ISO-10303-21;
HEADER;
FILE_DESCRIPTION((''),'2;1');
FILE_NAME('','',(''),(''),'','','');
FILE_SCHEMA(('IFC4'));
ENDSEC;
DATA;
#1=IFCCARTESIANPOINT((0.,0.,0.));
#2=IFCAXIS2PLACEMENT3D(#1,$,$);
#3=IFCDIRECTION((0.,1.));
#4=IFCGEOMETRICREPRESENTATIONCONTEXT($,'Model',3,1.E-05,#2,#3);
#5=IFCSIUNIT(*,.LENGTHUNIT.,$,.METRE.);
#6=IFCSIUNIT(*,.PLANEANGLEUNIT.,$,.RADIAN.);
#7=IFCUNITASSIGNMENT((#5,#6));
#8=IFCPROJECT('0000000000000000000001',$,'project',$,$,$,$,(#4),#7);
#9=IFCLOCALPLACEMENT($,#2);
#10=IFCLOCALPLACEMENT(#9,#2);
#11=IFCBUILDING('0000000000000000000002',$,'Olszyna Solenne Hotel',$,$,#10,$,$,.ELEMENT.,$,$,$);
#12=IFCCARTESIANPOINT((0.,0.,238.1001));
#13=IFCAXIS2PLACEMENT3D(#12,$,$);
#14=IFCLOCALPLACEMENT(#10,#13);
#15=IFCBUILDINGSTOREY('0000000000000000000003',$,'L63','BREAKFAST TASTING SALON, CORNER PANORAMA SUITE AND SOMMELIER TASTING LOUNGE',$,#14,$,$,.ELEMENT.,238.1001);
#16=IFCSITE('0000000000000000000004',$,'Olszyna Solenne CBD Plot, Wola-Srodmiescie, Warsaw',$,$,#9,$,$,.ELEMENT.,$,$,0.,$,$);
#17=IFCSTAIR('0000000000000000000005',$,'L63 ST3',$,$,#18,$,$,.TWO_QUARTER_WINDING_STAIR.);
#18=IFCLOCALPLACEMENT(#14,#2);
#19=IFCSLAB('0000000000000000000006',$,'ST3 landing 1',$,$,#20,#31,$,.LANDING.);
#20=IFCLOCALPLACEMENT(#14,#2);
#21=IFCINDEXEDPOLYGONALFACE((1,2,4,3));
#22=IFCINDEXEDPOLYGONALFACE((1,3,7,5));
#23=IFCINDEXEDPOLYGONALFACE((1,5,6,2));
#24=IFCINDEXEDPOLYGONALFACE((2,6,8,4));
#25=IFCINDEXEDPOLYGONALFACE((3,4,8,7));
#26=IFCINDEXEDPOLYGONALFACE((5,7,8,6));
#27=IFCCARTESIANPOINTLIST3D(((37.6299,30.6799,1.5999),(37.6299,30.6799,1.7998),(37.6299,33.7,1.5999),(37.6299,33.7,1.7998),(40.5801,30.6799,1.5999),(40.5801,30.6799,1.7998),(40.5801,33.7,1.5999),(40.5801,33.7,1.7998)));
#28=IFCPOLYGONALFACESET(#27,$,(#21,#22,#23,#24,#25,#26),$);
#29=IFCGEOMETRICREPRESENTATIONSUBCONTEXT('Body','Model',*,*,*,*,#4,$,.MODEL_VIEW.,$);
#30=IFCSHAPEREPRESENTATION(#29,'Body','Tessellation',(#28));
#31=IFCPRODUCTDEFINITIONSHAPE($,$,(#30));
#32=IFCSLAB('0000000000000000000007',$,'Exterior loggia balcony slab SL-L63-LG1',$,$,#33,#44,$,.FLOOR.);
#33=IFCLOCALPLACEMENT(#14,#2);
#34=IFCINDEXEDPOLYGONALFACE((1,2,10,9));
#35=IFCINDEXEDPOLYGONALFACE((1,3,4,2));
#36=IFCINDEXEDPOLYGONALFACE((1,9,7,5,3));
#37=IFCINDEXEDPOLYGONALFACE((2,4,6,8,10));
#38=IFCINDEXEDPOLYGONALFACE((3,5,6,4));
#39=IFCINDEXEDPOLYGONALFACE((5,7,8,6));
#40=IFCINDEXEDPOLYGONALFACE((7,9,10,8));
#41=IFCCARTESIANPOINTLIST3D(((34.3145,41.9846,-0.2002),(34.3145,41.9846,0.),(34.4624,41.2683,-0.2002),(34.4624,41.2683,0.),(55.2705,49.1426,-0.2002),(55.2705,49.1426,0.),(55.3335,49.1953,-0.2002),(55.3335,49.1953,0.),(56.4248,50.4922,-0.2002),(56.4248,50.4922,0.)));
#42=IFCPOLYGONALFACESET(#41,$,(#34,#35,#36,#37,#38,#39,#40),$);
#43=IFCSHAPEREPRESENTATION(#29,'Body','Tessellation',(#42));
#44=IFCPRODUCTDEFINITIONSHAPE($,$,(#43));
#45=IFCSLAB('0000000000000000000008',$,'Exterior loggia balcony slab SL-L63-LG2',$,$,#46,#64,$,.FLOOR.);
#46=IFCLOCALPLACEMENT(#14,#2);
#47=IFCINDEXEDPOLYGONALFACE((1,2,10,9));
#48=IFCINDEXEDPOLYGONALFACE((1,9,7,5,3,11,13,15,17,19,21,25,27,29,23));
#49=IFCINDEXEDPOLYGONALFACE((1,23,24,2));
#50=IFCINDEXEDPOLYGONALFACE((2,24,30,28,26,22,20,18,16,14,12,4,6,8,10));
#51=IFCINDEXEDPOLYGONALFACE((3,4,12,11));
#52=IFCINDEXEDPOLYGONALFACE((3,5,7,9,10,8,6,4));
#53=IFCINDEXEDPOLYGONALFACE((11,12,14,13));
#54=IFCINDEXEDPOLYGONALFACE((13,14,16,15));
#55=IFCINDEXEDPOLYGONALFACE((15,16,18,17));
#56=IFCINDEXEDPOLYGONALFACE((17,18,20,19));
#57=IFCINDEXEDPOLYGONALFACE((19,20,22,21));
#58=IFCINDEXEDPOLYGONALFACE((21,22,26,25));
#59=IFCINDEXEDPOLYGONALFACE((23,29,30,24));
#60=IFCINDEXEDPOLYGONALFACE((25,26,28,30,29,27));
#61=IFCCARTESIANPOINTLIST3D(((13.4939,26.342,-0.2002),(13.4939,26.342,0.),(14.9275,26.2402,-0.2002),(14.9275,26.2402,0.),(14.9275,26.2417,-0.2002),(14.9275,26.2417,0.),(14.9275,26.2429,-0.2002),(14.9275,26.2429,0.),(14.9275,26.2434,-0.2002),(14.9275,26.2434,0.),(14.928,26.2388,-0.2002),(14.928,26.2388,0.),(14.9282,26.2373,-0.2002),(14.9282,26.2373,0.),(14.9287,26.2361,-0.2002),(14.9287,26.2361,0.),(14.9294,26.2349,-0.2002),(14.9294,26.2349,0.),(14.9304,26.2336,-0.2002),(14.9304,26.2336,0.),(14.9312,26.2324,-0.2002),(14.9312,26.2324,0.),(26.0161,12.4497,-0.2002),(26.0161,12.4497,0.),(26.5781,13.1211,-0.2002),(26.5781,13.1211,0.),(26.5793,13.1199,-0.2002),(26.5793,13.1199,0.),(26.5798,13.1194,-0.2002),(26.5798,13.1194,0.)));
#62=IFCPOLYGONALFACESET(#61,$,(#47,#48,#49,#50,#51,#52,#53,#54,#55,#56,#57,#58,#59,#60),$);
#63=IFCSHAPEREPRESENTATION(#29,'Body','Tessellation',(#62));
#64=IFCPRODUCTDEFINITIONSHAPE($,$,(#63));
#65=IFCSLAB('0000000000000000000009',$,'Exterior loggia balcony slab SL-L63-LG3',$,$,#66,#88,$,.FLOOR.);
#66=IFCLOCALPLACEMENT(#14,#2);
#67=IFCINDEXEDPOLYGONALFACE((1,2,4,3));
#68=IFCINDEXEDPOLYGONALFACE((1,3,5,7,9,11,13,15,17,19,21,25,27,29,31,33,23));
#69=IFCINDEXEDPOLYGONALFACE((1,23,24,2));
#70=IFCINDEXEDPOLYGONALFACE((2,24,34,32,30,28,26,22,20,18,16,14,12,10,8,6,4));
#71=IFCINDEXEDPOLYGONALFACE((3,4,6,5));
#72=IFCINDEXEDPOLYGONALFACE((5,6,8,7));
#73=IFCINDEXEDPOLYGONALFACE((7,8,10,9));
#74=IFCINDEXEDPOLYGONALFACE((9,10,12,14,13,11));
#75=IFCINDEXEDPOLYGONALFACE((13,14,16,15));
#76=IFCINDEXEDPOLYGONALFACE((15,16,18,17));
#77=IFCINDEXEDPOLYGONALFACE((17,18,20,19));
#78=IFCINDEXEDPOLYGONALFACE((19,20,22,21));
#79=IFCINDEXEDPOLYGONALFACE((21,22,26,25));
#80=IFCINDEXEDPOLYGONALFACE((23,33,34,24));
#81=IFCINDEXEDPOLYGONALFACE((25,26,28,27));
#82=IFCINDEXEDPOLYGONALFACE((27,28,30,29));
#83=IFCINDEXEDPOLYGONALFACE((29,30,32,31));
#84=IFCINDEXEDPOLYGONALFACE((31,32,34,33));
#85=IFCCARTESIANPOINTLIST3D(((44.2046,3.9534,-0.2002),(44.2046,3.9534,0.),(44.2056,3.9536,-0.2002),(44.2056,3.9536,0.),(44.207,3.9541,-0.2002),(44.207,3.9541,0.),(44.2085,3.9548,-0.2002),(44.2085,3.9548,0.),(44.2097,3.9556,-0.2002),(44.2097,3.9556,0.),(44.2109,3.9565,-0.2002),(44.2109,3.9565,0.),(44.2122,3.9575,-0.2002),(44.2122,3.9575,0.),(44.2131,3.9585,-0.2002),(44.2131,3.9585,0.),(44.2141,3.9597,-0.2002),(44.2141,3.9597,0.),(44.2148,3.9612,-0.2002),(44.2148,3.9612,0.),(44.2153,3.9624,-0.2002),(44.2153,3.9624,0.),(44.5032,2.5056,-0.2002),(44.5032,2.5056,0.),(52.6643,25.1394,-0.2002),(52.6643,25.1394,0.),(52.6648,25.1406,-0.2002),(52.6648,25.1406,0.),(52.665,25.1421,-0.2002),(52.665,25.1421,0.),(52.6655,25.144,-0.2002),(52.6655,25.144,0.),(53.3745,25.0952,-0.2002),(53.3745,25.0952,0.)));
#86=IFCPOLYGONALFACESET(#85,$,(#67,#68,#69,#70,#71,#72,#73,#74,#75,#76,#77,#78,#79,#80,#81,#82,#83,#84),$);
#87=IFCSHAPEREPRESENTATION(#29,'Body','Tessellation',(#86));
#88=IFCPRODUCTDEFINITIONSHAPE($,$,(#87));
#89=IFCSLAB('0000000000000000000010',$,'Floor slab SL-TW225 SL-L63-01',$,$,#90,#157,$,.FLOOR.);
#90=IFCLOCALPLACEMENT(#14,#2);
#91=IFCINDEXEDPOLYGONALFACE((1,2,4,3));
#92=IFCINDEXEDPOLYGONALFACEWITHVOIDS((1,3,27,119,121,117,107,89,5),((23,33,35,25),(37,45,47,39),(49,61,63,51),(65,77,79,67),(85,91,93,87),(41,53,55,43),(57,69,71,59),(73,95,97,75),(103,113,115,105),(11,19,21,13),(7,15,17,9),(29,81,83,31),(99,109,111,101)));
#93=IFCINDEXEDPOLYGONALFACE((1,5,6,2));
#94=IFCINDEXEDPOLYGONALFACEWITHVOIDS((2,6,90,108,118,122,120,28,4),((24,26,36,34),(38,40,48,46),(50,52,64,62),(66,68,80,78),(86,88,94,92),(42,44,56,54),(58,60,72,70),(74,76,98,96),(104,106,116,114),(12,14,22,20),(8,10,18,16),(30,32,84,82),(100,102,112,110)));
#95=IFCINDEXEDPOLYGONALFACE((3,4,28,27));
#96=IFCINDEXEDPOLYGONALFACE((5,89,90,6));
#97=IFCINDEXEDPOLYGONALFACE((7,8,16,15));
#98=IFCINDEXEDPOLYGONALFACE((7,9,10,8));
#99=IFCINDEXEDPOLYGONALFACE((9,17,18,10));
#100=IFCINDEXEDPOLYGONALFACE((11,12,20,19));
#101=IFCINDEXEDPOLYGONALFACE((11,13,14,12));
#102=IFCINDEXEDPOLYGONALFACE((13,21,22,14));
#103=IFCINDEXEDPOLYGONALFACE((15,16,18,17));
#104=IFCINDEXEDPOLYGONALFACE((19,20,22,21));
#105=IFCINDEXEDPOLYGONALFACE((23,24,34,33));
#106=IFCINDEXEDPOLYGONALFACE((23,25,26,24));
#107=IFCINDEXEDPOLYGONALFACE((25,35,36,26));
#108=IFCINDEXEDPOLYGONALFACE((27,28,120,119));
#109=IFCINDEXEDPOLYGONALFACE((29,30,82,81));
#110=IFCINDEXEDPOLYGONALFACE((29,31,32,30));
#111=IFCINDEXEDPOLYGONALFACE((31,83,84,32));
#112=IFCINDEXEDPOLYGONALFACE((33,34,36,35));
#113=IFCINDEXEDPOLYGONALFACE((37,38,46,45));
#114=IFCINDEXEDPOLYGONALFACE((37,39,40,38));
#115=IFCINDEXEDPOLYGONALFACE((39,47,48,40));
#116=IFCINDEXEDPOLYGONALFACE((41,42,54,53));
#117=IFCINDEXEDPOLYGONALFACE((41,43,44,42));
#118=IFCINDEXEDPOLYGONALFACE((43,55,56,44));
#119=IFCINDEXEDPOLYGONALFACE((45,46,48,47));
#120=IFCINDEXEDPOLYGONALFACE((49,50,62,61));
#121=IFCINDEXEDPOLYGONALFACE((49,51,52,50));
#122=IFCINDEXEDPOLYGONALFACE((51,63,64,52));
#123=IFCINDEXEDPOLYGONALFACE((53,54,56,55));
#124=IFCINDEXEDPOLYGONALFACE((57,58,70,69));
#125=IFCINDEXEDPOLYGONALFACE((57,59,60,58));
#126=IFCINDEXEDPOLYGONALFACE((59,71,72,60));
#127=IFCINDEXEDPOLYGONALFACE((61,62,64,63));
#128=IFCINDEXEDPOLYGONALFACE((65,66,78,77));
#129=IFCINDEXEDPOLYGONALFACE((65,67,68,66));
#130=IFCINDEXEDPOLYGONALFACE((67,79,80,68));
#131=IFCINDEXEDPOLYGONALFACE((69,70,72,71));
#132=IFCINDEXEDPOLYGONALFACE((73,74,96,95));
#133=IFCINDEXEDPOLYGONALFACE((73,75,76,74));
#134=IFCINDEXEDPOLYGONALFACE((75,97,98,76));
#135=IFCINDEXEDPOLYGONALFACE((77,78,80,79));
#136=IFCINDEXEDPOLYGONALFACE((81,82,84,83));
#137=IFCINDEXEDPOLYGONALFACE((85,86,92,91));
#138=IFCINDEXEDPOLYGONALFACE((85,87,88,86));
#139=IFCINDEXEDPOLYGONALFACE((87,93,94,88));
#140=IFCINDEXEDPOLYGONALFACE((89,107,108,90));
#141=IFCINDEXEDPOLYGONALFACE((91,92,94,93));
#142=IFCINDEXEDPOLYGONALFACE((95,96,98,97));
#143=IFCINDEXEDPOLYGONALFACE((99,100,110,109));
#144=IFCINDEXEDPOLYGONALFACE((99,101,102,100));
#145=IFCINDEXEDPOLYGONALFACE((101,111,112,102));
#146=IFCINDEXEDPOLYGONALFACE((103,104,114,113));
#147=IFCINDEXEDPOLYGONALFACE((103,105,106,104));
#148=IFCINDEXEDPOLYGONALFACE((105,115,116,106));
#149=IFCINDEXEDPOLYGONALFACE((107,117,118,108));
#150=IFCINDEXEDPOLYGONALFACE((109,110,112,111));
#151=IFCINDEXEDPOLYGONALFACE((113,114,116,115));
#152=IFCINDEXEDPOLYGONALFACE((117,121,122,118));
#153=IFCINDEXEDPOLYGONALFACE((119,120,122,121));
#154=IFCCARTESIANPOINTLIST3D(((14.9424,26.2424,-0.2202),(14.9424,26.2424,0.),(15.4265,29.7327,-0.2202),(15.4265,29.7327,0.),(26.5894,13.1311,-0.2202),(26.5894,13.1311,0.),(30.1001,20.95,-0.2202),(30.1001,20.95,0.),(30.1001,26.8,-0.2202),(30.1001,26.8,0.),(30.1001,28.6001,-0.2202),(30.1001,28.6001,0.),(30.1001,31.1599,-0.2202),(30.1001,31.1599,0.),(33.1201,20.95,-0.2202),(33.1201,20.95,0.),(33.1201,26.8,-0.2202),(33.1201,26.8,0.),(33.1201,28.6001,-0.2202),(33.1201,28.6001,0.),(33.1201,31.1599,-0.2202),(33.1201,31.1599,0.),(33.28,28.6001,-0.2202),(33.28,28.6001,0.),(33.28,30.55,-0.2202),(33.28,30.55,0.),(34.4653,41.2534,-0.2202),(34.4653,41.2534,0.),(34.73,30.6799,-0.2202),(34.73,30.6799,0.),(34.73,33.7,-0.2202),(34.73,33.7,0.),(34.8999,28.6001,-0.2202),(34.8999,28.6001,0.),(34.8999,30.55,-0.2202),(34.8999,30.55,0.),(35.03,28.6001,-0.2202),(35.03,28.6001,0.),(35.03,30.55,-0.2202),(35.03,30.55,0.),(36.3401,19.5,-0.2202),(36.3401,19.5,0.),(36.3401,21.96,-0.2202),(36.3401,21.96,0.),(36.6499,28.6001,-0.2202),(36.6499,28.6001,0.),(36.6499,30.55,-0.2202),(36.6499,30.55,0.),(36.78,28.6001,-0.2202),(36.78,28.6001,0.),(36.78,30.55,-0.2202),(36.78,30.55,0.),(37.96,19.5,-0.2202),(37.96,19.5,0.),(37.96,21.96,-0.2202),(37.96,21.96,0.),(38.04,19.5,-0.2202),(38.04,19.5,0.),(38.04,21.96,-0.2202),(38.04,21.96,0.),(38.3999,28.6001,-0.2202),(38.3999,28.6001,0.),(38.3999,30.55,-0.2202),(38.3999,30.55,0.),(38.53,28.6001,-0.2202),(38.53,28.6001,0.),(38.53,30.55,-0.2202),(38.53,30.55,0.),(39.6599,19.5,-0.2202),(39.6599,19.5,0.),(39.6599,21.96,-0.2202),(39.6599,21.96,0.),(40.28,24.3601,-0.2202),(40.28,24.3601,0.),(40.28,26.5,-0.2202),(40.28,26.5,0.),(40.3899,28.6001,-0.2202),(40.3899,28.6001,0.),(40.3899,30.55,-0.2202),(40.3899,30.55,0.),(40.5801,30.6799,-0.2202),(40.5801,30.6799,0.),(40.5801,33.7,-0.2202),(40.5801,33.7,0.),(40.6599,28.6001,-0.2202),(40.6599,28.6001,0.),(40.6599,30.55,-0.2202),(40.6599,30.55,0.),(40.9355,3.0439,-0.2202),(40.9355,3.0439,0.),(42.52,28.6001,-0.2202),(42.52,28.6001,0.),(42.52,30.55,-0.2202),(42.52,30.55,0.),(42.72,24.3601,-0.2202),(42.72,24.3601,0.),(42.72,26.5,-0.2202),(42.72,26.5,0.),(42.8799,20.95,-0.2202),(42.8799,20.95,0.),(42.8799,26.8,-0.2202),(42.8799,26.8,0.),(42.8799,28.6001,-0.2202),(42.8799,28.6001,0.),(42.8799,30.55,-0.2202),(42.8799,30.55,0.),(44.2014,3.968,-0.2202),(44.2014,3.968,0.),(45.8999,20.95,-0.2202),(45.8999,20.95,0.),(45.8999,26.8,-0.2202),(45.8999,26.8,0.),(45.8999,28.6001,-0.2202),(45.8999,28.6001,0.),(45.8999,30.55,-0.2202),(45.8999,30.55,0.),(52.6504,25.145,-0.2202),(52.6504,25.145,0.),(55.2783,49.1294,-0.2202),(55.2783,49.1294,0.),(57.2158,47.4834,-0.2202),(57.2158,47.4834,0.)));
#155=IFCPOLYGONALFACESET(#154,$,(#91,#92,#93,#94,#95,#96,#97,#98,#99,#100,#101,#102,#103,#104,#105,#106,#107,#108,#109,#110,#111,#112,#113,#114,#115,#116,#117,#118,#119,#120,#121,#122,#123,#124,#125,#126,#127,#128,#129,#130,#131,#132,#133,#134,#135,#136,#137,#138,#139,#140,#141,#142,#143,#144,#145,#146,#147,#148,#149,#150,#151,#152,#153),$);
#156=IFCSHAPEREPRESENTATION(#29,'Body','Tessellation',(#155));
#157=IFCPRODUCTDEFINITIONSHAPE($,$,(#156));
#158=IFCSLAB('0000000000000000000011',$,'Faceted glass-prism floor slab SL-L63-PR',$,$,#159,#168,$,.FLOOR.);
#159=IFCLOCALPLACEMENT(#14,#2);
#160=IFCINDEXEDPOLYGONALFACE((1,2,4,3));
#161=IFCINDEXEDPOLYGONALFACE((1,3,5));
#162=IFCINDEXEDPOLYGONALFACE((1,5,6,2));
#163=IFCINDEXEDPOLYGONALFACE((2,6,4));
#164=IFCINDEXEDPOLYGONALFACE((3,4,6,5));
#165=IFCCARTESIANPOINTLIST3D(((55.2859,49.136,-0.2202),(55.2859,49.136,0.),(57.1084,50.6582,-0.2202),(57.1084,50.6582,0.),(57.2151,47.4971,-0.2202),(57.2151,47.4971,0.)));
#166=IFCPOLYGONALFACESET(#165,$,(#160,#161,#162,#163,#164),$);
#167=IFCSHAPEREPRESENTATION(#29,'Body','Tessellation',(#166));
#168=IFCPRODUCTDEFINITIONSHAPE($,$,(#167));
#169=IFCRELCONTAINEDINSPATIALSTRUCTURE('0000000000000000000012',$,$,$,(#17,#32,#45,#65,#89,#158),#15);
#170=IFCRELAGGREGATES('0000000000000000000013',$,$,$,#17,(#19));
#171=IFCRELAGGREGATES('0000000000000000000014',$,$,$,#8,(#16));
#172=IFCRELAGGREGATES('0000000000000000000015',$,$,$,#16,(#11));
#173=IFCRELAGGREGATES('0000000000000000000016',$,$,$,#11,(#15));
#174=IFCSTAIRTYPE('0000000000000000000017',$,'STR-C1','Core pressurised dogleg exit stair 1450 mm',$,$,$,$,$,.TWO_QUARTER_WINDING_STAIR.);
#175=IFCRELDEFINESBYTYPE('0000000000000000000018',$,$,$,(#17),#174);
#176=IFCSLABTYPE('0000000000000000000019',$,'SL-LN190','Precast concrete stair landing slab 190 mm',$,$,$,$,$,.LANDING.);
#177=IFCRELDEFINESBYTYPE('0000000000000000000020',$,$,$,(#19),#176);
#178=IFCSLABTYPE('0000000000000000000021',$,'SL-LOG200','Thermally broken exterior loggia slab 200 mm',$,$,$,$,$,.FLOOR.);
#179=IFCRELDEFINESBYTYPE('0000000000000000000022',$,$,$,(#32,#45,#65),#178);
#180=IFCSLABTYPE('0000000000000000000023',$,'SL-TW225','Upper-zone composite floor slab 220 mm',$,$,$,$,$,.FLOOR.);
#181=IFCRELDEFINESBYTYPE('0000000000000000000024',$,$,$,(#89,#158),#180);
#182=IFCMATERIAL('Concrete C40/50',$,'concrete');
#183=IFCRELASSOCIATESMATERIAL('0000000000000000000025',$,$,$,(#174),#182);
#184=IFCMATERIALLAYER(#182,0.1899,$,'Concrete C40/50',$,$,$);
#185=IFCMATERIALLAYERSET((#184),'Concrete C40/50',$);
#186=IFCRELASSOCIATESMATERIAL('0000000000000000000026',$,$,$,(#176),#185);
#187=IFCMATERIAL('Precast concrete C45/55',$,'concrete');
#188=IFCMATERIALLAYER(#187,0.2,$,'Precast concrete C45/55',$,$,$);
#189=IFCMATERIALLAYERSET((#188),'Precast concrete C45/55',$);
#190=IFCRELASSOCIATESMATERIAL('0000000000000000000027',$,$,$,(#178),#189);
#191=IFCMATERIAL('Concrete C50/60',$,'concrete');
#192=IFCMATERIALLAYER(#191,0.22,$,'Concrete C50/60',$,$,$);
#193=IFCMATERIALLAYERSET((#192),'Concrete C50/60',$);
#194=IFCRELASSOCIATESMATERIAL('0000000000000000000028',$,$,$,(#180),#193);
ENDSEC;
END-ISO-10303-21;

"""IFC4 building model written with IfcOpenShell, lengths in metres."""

from ifc_helpers import new_model, si_unit, direction, frame, origin, place, context, subcontext, project, spatial, polyline, outline, extrude, material, layer, layer_set, type_object, element, aggregate, save


model = new_model("IFC4")

# Units and contexts
model_context = context("Model", 3, precision=1e-05, world=origin(), true_north=direction((0.0, 1.0)))
body_context = subcontext(model_context, "Body", "Model", "MODEL_VIEW")
ifc_project = project(units=[si_unit("LENGTHUNIT", "METRE"), si_unit("PLANEANGLEUNIT", "RADIAN")], contexts=[model_context])

# Site, building, storey
site_placement = place(None, origin())
site = spatial("IfcSite", under=ifc_project, at=site_placement, Name="Olszyna Solenne CBD Plot, Wola-Srodmiescie, Warsaw", CompositionType="ELEMENT", RefElevation=0.0)
building_placement = place(site_placement, origin())
building = spatial("IfcBuilding", under=site, at=building_placement, Name="Olszyna Solenne Hotel", CompositionType="ELEMENT")
storey_placement = place(building_placement, frame((0.0, 0.0, 238.1001)))
storey = spatial("IfcBuildingStorey", under=building, at=storey_placement, Name="L63", Description="BREAKFAST TASTING SALON, CORNER PANORAMA SUITE AND SOMMELIER TASTING LOUNGE", CompositionType="ELEMENT", Elevation=238.1001)

# Stair, slab
ifc_material_1 = material(Name="Concrete C40/50", Category="concrete")
stair_type = type_object("IfcStairType", Name="STR-C1", Description="Core pressurised dogleg exit stair 1450 mm", PredefinedType="TWO_QUARTER_WINDING_STAIR", material=ifc_material_1)
ifc_layer_1 = layer(ifc_material_1, 0.1899, Name="Concrete C40/50")
ifc_layer_set_1 = layer_set([ifc_layer_1], Name="Concrete C40/50")
slab_type_1 = type_object("IfcSlabType", Name="SL-LN190", Description="Precast concrete stair landing slab 190 mm", PredefinedType="LANDING", material=ifc_layer_set_1)
stair_1_placement = place(storey_placement, origin())
stair_1 = element("IfcStair", 1, at=stair_1_placement, inside=storey, type_object=stair_type, Name="L63 ST3", PredefinedType="TWO_QUARTER_WINDING_STAIR")
slab_1_placement = place(storey_placement, frame((0.0, 0.0, 1.5999)))
slab_1 = element("IfcSlab", 2, at=slab_1_placement, type_object=slab_type_1, Name="ST3 landing 1", PredefinedType="LANDING", context=body_context, shape_type="SweptSolid", body=[
    extrude(outline(polyline([(37.6299, 30.6799), (40.5801, 30.6799), (40.5801, 33.7), (37.6299, 33.7), (37.6299, 30.6799)])), origin(), (0.0, 0.0, 1.0), 0.2),
])
aggregate(stair_1, [slab_1])

# Slabs
ifc_material_2 = material(Name="Precast concrete C45/55", Category="concrete")
ifc_layer_2 = layer(ifc_material_2, 0.2, Name="Precast concrete C45/55")
ifc_layer_set_2 = layer_set([ifc_layer_2], Name="Precast concrete C45/55")
slab_type_2 = type_object("IfcSlabType", Name="SL-LOG200", Description="Thermally broken exterior loggia slab 200 mm", PredefinedType="FLOOR", material=ifc_layer_set_2)
slab_2_placement = place(storey_placement, frame((0.0, 0.0, -0.2002)))
element("IfcSlab", 3, at=slab_2_placement, inside=storey, type_object=slab_type_2, Name="Exterior loggia balcony slab SL-L63-LG1", PredefinedType="FLOOR", context=body_context, shape_type="SweptSolid", body=[
    extrude(outline(polyline([(34.4624, 41.2683), (55.2705, 49.1426), (55.3335, 49.1953), (56.4248, 50.4922), (34.3145, 41.9846), (34.4624, 41.2683)])), origin(), (0.0, 0.0, 1.0), 0.2002),
])
slab_3_placement = place(storey_placement, frame((0.0, 0.0, -0.2002)))
element("IfcSlab", 4, at=slab_3_placement, inside=storey, type_object=slab_type_2, Name="Exterior loggia balcony slab SL-L63-LG2", PredefinedType="FLOOR", context=body_context, shape_type="SweptSolid", body=[
    extrude(outline(polyline([(26.5798, 13.1194), (26.5793, 13.1199), (26.5781, 13.1211), (14.9312, 26.2324), (14.9304, 26.2336), (14.9294, 26.2349), (14.9287, 26.2361), (14.9282, 26.2373), (14.928, 26.2388), (14.9275, 26.2402), (14.9275, 26.2417), (14.9275, 26.2429), (14.9275, 26.2434), (13.4939, 26.342), (26.0161, 12.4497), (26.5798, 13.1194)])), origin(), (0.0, 0.0, 1.0), 0.2002),
])
slab_4_placement = place(storey_placement, frame((0.0, 0.0, -0.2002)))
element("IfcSlab", 5, at=slab_4_placement, inside=storey, type_object=slab_type_2, Name="Exterior loggia balcony slab SL-L63-LG3", PredefinedType="FLOOR", context=body_context, shape_type="SweptSolid", body=[
    extrude(outline(polyline([(52.6655, 25.144), (52.665, 25.1421), (52.6648, 25.1406), (52.6643, 25.1394), (44.2153, 3.9624), (44.2148, 3.9612), (44.2141, 3.9597), (44.2131, 3.9585), (44.2122, 3.9575), (44.2109, 3.9565), (44.2097, 3.9556), (44.2085, 3.9548), (44.207, 3.9541), (44.2056, 3.9536), (44.2046, 3.9534), (44.5032, 2.5056), (53.3745, 25.0952), (52.6655, 25.144)])), origin(), (0.0, 0.0, 1.0), 0.2002),
])
ifc_material_3 = material(Name="Concrete C50/60", Category="concrete")
ifc_layer_3 = layer(ifc_material_3, 0.22, Name="Concrete C50/60")
ifc_layer_set_3 = layer_set([ifc_layer_3], Name="Concrete C50/60")
slab_type_3 = type_object("IfcSlabType", Name="SL-TW225", Description="Upper-zone composite floor slab 220 mm", PredefinedType="FLOOR", material=ifc_layer_set_3)
slab_5_placement = place(storey_placement, frame((0.0, 0.0, -0.2202)))
element("IfcSlab", 6, at=slab_5_placement, inside=storey, type_object=slab_type_3, Name="Floor slab SL-TW225 SL-L63-01", PredefinedType="FLOOR", context=body_context, shape_type="SweptSolid", body=[
    extrude(outline(polyline([(57.2158, 47.4834), (55.2783, 49.1294), (34.4653, 41.2534), (15.4265, 29.7327), (14.9424, 26.2424), (26.5894, 13.1311), (40.9355, 3.0439), (44.2014, 3.968), (52.6504, 25.145), (57.2158, 47.4834)]), holes=[polyline([(30.1001, 20.95), (33.1201, 20.95), (33.1201, 26.8), (30.1001, 26.8), (30.1001, 20.95)]), polyline([(42.8799, 20.95), (45.8999, 20.95), (45.8999, 26.8), (42.8799, 26.8), (42.8799, 20.95)]), polyline([(34.73, 30.6799), (40.5801, 30.6799), (40.5801, 33.7), (34.73, 33.7), (34.73, 30.6799)]), polyline([(36.3401, 19.5), (37.96, 19.5), (37.96, 21.96), (36.3401, 21.96), (36.3401, 19.5)]), polyline([(38.04, 19.5), (39.6599, 19.5), (39.6599, 21.96), (38.04, 21.96), (38.04, 19.5)]), polyline([(30.1001, 28.6001), (33.1201, 28.6001), (33.1201, 31.1599), (30.1001, 31.1599), (30.1001, 28.6001)]), polyline([(40.28, 24.3601), (42.72, 24.3601), (42.72, 26.5), (40.28, 26.5), (40.28, 24.3601)]), polyline([(33.28, 28.6001), (34.8999, 28.6001), (34.8999, 30.55), (33.28, 30.55), (33.28, 28.6001)]), polyline([(35.03, 28.6001), (36.6499, 28.6001), (36.6499, 30.55), (35.03, 30.55), (35.03, 28.6001)]), polyline([(36.78, 28.6001), (38.3999, 28.6001), (38.3999, 30.55), (36.78, 30.55), (36.78, 28.6001)]), polyline([(38.53, 28.6001), (40.3899, 28.6001), (40.3899, 30.55), (38.53, 30.55), (38.53, 28.6001)]), polyline([(40.6599, 28.6001), (42.52, 28.6001), (42.52, 30.55), (40.6599, 30.55), (40.6599, 28.6001)]), polyline([(42.8799, 28.6001), (45.8999, 28.6001), (45.8999, 30.55), (42.8799, 30.55), (42.8799, 28.6001)])]), origin(), (0.0, 0.0, 1.0), 0.2202),
])
slab_6_placement = place(storey_placement, frame((0.0, 0.0, -0.2202)))
element("IfcSlab", 7, at=slab_6_placement, inside=storey, type_object=slab_type_3, Name="Faceted glass-prism floor slab SL-L63-PR", PredefinedType="FLOOR", context=body_context, shape_type="SweptSolid", body=[
    extrude(outline(polyline([(55.2859, 49.136), (57.2151, 47.4971), (57.1084, 50.6582), (55.2859, 49.136)])), origin(), (0.0, 0.0, 1.0), 0.2202),
])

save(model, "model.ifc")
